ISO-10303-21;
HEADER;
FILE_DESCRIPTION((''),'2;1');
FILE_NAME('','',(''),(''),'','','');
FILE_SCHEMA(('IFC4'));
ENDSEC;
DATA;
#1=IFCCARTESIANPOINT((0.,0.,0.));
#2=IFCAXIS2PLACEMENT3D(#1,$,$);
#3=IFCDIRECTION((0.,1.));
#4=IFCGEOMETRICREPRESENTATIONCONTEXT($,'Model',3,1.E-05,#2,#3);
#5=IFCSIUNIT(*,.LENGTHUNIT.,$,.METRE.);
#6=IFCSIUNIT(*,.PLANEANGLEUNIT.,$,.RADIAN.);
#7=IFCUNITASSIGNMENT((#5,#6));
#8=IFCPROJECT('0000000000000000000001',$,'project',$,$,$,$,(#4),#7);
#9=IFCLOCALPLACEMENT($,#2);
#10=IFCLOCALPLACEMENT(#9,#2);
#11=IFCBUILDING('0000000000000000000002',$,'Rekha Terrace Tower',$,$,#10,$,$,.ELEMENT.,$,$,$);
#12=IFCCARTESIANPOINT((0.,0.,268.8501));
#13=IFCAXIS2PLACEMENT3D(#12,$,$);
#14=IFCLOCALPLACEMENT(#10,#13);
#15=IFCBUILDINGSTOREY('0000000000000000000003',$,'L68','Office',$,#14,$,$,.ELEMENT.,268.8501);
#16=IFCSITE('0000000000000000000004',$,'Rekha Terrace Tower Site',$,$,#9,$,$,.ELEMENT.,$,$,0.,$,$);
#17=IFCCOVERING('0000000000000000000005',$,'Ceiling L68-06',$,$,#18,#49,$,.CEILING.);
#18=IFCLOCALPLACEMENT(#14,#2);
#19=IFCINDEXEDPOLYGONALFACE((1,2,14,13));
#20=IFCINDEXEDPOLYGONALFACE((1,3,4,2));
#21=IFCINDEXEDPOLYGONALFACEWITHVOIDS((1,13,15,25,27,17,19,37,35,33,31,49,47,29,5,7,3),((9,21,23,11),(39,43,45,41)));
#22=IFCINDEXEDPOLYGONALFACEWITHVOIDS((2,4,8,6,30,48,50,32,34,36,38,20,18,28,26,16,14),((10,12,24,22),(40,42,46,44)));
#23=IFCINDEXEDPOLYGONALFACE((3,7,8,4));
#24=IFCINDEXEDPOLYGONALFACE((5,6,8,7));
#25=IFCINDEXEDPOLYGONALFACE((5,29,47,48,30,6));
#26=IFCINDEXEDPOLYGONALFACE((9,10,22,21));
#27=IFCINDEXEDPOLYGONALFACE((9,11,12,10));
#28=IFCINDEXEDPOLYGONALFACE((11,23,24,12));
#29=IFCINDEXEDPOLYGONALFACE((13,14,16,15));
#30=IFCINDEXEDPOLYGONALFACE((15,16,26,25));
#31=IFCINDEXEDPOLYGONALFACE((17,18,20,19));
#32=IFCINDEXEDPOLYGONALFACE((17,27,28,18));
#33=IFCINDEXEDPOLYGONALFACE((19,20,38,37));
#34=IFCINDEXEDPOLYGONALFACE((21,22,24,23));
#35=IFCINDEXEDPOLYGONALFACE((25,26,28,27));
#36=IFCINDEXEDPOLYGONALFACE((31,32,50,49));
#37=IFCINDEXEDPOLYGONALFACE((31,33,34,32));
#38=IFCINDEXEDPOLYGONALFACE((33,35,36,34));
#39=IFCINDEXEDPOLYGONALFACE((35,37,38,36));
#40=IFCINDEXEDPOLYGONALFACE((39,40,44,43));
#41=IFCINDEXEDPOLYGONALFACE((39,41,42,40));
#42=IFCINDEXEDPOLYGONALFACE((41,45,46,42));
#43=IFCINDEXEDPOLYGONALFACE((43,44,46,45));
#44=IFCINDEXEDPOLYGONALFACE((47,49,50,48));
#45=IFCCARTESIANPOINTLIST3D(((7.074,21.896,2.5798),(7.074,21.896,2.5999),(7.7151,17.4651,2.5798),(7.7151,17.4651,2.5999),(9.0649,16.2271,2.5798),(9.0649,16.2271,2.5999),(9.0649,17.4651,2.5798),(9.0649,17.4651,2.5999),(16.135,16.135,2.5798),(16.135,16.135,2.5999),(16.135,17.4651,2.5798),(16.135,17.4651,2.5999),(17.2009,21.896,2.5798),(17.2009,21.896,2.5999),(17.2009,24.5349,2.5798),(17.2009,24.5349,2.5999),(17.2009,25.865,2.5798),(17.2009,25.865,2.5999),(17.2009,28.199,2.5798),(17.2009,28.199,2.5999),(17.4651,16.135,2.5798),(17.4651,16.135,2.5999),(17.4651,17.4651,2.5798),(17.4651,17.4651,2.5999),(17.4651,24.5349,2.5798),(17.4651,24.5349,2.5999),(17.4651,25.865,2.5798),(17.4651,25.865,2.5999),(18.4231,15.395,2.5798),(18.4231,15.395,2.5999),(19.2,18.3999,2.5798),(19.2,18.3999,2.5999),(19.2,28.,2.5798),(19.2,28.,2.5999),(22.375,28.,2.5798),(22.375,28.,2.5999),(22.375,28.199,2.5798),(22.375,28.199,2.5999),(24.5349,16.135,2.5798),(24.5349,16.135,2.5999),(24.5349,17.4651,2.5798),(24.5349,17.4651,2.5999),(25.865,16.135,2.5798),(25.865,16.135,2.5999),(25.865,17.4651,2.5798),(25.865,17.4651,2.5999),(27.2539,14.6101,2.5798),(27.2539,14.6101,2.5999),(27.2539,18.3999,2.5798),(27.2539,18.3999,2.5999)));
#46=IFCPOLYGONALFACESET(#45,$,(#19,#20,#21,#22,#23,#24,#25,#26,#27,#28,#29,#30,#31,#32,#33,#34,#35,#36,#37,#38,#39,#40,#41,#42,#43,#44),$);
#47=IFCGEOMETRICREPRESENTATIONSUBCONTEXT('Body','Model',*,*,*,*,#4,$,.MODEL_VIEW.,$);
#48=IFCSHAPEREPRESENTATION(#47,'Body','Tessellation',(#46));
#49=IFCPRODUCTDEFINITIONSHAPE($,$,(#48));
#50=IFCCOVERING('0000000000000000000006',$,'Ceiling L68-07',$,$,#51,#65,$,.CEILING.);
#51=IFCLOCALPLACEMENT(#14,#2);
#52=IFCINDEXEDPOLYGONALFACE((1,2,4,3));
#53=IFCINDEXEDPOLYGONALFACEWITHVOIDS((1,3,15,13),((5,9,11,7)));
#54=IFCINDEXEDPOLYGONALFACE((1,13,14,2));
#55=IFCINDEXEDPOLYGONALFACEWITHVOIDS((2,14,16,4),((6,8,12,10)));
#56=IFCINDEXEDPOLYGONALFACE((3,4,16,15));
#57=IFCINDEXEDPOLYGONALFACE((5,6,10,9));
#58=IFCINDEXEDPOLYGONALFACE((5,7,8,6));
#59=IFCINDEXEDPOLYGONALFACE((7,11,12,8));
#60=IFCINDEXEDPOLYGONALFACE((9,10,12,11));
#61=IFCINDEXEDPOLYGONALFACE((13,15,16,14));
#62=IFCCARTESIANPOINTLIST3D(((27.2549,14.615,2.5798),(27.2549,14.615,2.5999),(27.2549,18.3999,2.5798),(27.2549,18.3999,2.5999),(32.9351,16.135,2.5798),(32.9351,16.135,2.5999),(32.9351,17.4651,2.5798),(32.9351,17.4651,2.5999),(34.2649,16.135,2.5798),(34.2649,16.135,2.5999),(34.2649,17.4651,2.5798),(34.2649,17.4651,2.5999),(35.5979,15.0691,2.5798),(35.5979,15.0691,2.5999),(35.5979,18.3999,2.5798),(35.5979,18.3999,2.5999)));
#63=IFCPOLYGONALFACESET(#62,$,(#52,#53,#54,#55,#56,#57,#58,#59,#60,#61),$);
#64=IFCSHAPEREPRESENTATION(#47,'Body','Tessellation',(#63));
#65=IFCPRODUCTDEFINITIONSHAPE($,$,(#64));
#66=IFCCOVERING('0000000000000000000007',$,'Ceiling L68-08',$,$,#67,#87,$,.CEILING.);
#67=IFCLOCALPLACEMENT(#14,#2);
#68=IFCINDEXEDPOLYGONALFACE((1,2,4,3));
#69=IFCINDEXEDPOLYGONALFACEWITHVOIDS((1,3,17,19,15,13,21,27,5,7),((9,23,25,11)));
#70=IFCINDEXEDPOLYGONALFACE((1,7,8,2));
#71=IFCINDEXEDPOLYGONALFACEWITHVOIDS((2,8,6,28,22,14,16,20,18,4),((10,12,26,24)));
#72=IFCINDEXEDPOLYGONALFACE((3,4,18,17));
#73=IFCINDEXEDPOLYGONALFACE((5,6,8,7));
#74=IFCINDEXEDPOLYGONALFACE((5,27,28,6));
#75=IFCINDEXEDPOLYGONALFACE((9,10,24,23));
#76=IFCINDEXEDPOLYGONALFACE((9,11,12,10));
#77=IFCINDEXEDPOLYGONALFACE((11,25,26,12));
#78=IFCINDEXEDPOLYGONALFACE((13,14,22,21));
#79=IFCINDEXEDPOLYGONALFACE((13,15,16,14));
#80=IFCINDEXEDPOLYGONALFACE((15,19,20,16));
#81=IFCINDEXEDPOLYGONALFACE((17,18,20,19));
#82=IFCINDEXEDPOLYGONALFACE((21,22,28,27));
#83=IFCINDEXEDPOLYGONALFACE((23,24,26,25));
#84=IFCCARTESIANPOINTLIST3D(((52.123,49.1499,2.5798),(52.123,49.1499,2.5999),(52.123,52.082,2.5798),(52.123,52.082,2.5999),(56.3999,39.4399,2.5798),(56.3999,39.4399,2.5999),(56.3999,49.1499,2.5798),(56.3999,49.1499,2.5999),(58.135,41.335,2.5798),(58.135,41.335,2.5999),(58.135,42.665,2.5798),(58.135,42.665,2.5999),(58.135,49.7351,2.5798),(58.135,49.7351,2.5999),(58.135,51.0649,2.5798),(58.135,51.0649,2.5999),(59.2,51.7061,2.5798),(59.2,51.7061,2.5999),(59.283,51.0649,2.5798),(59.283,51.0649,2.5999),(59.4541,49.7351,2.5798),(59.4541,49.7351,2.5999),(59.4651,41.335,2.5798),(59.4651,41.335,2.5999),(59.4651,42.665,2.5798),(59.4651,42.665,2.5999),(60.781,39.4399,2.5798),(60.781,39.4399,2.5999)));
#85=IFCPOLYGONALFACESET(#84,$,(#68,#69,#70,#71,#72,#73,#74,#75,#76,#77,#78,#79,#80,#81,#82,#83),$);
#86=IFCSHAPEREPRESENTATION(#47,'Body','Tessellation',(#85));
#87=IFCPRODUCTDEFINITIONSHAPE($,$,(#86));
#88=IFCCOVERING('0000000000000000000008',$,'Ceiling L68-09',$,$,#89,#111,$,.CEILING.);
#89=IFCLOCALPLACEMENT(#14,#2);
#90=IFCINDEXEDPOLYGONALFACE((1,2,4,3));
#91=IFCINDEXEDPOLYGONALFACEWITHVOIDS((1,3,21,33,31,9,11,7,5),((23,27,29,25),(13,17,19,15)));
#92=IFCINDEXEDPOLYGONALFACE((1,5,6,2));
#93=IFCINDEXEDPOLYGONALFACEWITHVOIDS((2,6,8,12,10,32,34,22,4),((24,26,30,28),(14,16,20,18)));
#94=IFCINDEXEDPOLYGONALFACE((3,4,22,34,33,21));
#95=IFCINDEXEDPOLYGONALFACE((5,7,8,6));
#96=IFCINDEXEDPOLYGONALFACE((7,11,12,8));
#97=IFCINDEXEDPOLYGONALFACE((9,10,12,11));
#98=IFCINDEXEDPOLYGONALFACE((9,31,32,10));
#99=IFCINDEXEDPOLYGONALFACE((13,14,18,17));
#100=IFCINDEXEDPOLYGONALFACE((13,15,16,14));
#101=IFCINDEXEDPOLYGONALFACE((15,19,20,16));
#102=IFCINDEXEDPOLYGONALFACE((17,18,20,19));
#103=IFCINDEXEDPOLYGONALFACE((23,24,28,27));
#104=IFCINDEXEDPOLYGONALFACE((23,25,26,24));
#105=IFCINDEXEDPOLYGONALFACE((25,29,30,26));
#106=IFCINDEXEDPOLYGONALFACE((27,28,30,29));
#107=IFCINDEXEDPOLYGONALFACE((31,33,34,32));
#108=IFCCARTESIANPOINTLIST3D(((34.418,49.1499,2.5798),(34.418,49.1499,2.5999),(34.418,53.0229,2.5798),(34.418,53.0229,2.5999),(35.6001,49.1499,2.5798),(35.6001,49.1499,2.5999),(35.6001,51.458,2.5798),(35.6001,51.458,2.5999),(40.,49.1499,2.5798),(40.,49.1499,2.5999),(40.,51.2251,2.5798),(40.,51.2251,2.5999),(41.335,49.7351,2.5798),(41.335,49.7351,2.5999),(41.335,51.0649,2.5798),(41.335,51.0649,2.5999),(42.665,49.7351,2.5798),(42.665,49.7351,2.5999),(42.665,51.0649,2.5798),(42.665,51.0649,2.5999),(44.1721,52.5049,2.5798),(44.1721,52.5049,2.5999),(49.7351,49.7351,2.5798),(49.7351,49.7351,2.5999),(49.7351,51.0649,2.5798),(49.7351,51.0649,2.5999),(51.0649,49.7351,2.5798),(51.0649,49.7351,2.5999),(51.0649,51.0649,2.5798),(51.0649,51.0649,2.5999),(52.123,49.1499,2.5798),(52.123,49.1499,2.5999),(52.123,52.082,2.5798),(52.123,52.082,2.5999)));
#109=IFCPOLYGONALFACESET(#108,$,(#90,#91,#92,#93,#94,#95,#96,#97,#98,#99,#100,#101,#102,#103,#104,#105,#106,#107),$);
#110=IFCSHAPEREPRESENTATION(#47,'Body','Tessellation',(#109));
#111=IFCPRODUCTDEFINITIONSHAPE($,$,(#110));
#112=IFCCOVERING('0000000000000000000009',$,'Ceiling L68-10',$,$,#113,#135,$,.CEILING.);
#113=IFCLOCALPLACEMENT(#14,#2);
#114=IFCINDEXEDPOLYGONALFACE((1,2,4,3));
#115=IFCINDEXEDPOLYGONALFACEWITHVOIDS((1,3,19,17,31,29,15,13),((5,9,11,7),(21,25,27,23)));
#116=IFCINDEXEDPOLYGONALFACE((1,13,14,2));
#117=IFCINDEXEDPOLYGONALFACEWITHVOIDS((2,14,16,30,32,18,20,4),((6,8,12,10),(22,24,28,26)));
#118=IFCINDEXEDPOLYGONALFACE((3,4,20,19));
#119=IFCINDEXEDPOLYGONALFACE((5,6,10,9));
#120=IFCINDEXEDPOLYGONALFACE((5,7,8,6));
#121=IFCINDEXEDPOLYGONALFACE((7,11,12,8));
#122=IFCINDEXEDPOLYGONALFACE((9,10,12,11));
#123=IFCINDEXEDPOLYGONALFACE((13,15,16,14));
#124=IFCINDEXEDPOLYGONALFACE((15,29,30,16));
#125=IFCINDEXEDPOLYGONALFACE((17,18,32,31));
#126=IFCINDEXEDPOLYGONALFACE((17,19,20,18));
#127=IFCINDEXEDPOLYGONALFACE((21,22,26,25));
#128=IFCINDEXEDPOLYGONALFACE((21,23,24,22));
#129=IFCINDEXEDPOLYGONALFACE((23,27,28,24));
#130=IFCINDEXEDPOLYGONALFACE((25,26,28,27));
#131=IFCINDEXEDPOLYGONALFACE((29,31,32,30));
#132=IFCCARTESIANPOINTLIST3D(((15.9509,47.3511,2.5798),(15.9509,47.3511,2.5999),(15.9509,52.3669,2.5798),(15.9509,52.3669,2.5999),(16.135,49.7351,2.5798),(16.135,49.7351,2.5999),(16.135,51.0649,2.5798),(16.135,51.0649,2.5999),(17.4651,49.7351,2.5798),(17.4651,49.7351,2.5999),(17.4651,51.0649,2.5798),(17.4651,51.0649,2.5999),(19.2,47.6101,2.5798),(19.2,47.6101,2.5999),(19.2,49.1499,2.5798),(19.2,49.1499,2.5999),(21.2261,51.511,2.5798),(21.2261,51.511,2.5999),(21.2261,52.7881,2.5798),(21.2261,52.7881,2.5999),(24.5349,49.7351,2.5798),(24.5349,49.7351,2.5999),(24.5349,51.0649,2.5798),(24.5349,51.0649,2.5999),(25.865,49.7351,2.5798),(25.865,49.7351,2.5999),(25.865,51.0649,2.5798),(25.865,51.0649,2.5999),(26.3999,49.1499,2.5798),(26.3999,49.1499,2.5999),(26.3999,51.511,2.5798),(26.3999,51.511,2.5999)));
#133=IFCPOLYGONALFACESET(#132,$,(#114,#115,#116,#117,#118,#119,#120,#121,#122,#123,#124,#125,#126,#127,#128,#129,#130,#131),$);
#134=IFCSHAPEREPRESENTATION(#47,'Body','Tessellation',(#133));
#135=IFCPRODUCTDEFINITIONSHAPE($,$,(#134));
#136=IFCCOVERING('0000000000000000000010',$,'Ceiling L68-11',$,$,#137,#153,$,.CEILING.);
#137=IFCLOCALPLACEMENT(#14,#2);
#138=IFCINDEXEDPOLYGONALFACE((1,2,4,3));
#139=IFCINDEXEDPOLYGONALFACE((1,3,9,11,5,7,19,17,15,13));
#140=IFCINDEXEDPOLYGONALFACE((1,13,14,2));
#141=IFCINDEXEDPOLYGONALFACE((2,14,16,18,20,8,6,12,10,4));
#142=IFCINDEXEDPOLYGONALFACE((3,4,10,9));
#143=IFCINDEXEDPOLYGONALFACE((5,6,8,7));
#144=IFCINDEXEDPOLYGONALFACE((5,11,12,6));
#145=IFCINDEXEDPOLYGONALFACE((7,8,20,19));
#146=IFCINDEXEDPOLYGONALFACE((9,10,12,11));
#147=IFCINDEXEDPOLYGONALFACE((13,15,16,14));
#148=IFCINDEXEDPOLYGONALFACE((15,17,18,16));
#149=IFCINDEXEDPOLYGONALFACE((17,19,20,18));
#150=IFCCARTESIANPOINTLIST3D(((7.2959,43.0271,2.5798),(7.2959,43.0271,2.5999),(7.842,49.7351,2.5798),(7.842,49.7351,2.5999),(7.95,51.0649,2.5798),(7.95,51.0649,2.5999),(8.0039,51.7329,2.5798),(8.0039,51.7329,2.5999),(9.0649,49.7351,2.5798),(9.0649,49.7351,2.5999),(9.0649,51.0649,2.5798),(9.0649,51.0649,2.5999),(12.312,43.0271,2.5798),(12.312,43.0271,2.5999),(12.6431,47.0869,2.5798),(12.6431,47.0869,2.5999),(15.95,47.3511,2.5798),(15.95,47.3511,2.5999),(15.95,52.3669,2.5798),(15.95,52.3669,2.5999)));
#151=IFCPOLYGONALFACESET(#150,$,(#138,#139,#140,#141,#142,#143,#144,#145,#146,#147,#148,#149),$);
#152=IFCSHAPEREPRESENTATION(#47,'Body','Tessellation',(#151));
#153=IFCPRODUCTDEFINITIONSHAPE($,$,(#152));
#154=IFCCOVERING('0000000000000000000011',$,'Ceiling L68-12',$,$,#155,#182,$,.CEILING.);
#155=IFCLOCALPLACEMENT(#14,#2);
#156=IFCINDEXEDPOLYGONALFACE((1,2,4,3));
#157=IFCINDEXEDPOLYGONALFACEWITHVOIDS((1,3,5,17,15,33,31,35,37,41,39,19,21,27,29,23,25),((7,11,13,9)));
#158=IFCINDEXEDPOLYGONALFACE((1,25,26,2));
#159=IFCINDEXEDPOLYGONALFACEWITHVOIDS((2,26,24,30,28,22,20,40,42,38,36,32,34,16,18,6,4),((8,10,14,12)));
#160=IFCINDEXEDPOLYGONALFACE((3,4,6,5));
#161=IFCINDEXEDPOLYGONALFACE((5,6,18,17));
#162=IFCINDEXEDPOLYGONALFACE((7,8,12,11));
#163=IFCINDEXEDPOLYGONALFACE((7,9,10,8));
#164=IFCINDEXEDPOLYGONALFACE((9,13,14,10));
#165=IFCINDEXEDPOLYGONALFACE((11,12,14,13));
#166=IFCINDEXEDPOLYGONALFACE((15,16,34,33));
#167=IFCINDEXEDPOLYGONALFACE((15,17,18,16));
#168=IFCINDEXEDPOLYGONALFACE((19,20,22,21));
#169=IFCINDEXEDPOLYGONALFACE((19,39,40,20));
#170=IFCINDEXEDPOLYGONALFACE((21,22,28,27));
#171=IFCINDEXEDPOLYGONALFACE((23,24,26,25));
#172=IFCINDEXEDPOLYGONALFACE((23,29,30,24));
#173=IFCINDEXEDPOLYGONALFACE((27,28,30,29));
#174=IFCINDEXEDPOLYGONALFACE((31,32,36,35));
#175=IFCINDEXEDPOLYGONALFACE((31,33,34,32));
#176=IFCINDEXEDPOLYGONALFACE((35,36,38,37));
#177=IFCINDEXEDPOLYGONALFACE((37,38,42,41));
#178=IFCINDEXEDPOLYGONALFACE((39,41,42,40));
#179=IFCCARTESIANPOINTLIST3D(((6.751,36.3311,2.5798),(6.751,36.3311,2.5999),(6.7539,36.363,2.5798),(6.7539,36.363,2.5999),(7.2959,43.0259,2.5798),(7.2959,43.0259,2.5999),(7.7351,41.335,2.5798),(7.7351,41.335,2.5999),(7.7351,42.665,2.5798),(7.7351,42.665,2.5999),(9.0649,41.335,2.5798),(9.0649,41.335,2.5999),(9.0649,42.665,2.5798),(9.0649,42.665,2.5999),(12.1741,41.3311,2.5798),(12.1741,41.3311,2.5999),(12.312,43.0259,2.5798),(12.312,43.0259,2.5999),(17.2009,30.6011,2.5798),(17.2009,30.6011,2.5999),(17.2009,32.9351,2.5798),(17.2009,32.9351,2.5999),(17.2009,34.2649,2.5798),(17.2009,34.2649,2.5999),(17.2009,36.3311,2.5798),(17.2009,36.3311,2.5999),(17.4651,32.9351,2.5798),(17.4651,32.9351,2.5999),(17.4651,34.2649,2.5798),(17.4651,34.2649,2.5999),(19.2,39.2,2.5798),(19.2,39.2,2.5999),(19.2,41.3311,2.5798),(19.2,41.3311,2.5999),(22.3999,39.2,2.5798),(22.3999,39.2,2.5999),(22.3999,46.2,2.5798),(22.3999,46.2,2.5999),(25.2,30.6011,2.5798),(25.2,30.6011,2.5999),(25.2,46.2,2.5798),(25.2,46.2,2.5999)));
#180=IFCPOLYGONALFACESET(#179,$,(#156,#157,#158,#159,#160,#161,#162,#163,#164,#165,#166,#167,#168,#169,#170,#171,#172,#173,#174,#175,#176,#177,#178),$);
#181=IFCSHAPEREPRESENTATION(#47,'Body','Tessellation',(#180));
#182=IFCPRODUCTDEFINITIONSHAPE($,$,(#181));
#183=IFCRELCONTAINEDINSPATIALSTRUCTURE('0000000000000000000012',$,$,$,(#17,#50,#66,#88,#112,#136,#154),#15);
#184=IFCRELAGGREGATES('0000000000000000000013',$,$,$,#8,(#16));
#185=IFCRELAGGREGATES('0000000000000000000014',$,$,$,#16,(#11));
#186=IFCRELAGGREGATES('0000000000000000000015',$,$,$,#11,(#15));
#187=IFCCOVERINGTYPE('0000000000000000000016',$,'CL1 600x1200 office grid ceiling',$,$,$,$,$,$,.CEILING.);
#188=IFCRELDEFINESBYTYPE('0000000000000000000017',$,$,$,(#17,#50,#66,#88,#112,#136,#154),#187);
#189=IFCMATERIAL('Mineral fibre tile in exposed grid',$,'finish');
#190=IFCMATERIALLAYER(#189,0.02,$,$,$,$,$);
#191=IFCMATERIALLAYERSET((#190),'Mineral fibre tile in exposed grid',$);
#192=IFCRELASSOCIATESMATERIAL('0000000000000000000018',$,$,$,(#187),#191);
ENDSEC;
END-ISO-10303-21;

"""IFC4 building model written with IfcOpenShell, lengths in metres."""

from ifc_helpers import new_model, si_unit, direction, frame, origin, place, context, subcontext, project, spatial, polyline, outline, extrude, material, layer, layer_set, type_object, element, save


model = new_model("IFC4")

# Units and contexts
model_context = context("Model", 3, precision=1e-05, world=origin(), true_north=direction((0.0, 1.0)))
body_context = subcontext(model_context, "Body", "Model", "MODEL_VIEW")
ifc_project = project(units=[si_unit("LENGTHUNIT", "METRE"), si_unit("PLANEANGLEUNIT", "RADIAN")], contexts=[model_context])

# Site, building, storey
site_placement = place(None, origin())
site = spatial("IfcSite", under=ifc_project, at=site_placement, Name="Rekha Terrace Tower Site", CompositionType="ELEMENT", RefElevation=0.0)
building_placement = place(site_placement, origin())
building = spatial("IfcBuilding", under=site, at=building_placement, Name="Rekha Terrace Tower", CompositionType="ELEMENT")
storey_placement = place(building_placement, frame((0.0, 0.0, 268.8501)))
storey = spatial("IfcBuildingStorey", under=building, at=storey_placement, Name="L68", Description="Office", CompositionType="ELEMENT", Elevation=268.8501)

# Coverings
ifc_material_1 = material(Name="Mineral fibre tile in exposed grid", Category="finish")
ifc_layer_1 = layer(ifc_material_1, 0.02)
ifc_layer_set_1 = layer_set([ifc_layer_1], Name="Mineral fibre tile in exposed grid")
covering_type_1 = type_object("IfcCoveringType", Name="CL1 600x1200 office grid ceiling", PredefinedType="CEILING", material=ifc_layer_set_1)
covering_1_placement = place(storey_placement, frame((0.0, 0.0, 2.5798)))
element("IfcCovering", 1, at=covering_1_placement, inside=storey, type_object=covering_type_1, Name="Ceiling L68-06", PredefinedType="CEILING", context=body_context, shape_type="SweptSolid", body=[
    extrude(outline(polyline([(7.074, 21.896), (7.7151, 17.4651), (9.0649, 17.4651), (9.0649, 16.2271), (18.4231, 15.395), (27.2539, 14.6101), (27.2539, 18.3999), (19.2, 18.3999), (19.2, 28.0), (22.375, 28.0), (22.375, 28.199), (17.2009, 28.199), (17.2009, 25.865), (17.4651, 25.865), (17.4651, 24.5349), (17.2009, 24.5349), (17.2009, 21.896), (7.074, 21.896)]), holes=[polyline([(25.865, 17.4651), (25.865, 16.135), (24.5349, 16.135), (24.5349, 17.4651), (25.865, 17.4651)]), polyline([(17.4651, 17.4651), (17.4651, 16.135), (16.135, 16.135), (16.135, 17.4651), (17.4651, 17.4651)])]), origin(), (0.0, 0.0, 1.0), 0.02),
])
covering_2_placement = place(storey_placement, frame((0.0, 0.0, 2.5798)))
element("IfcCovering", 2, at=covering_2_placement, inside=storey, type_object=covering_type_1, Name="Ceiling L68-07", PredefinedType="CEILING", context=body_context, shape_type="SweptSolid", body=[
    extrude(outline(polyline([(27.2549, 18.3999), (27.2549, 14.615), (35.5979, 15.0691), (35.5979, 18.3999), (27.2549, 18.3999)]), holes=[polyline([(34.2649, 16.135), (32.9351, 16.135), (32.9351, 17.4651), (34.2649, 17.4651), (34.2649, 16.135)])]), origin(), (0.0, 0.0, 1.0), 0.02),
])
covering_3_placement = place(storey_placement, frame((0.0, 0.0, 2.5798)))
element("IfcCovering", 3, at=covering_3_placement, inside=storey, type_object=covering_type_1, Name="Ceiling L68-08", PredefinedType="CEILING", context=body_context, shape_type="SweptSolid", body=[
    extrude(outline(polyline([(59.2, 51.7061), (52.123, 52.082), (52.123, 49.1499), (56.3999, 49.1499), (56.3999, 39.4399), (60.781, 39.4399), (59.4541, 49.7351), (58.135, 49.7351), (58.135, 51.0649), (59.283, 51.0649), (59.2, 51.7061)]), holes=[polyline([(59.4651, 41.335), (58.135, 41.335), (58.135, 42.665), (59.4651, 42.665), (59.4651, 41.335)])]), origin(), (0.0, 0.0, 1.0), 0.02),
])
covering_4_placement = place(storey_placement, frame((0.0, 0.0, 2.5798)))
element("IfcCovering", 4, at=covering_4_placement, inside=storey, type_object=covering_type_1, Name="Ceiling L68-09", PredefinedType="CEILING", context=body_context, shape_type="SweptSolid", body=[
    extrude(outline(polyline([(34.418, 49.1499), (35.6001, 49.1499), (35.6001, 51.458), (40.0, 51.2251), (40.0, 49.1499), (52.123, 49.1499), (52.123, 52.082), (44.1721, 52.5049), (34.418, 53.0229), (34.418, 49.1499)]), holes=[polyline([(51.0649, 51.0649), (51.0649, 49.7351), (49.7351, 49.7351), (49.7351, 51.0649), (51.0649, 51.0649)]), polyline([(42.665, 49.7351), (41.335, 49.7351), (41.335, 51.0649), (42.665, 51.0649), (42.665, 49.7351)])]), origin(), (0.0, 0.0, 1.0), 0.02),
])
covering_5_placement = place(storey_placement, frame((0.0, 0.0, 2.5798)))
element("IfcCovering", 5, at=covering_5_placement, inside=storey, type_object=covering_type_1, Name="Ceiling L68-10", PredefinedType="CEILING", context=body_context, shape_type="SweptSolid", body=[
    extrude(outline(polyline([(21.2261, 52.7881), (15.9509, 52.3669), (15.9509, 47.3511), (19.2, 47.6101), (19.2, 49.1499), (26.3999, 49.1499), (26.3999, 51.511), (21.2261, 51.511), (21.2261, 52.7881)]), holes=[polyline([(25.865, 51.0649), (25.865, 49.7351), (24.5349, 49.7351), (24.5349, 51.0649), (25.865, 51.0649)]), polyline([(17.4651, 49.7351), (16.135, 49.7351), (16.135, 51.0649), (17.4651, 51.0649), (17.4651, 49.7351)])]), origin(), (0.0, 0.0, 1.0), 0.02),
])
covering_6_placement = place(storey_placement, frame((0.0, 0.0, 2.5798)))
element("IfcCovering", 6, at=covering_6_placement, inside=storey, type_object=covering_type_1, Name="Ceiling L68-11", PredefinedType="CEILING", context=body_context, shape_type="SweptSolid", body=[
    extrude(outline(polyline([(7.842, 49.7351), (7.2959, 43.0271), (12.312, 43.0271), (12.6431, 47.0869), (15.95, 47.3511), (15.95, 52.3669), (8.0039, 51.7329), (7.95, 51.0649), (9.0649, 51.0649), (9.0649, 49.7351), (7.842, 49.7351)])), origin(), (0.0, 0.0, 1.0), 0.02),
])
covering_7_placement = place(storey_placement, frame((0.0, 0.0, 2.5798)))
element("IfcCovering", 7, at=covering_7_placement, inside=storey, type_object=covering_type_1, Name="Ceiling L68-12", PredefinedType="CEILING", context=body_context, shape_type="SweptSolid", body=[
    extrude(outline(polyline([(22.3999, 46.2), (22.3999, 39.2), (19.2, 39.2), (19.2, 41.3311), (12.1741, 41.3311), (12.312, 43.0259), (7.2959, 43.0259), (6.7539, 36.363), (6.751, 36.3311), (17.2009, 36.3311), (17.2009, 34.2649), (17.4651, 34.2649), (17.4651, 32.9351), (17.2009, 32.9351), (17.2009, 30.6011), (25.2, 30.6011), (25.2, 46.2), (22.3999, 46.2)]), holes=[polyline([(9.0649, 42.665), (9.0649, 41.335), (7.7351, 41.335), (7.7351, 42.665), (9.0649, 42.665)])]), origin(), (0.0, 0.0, 1.0), 0.02),
])

save(model, "model.ifc")
